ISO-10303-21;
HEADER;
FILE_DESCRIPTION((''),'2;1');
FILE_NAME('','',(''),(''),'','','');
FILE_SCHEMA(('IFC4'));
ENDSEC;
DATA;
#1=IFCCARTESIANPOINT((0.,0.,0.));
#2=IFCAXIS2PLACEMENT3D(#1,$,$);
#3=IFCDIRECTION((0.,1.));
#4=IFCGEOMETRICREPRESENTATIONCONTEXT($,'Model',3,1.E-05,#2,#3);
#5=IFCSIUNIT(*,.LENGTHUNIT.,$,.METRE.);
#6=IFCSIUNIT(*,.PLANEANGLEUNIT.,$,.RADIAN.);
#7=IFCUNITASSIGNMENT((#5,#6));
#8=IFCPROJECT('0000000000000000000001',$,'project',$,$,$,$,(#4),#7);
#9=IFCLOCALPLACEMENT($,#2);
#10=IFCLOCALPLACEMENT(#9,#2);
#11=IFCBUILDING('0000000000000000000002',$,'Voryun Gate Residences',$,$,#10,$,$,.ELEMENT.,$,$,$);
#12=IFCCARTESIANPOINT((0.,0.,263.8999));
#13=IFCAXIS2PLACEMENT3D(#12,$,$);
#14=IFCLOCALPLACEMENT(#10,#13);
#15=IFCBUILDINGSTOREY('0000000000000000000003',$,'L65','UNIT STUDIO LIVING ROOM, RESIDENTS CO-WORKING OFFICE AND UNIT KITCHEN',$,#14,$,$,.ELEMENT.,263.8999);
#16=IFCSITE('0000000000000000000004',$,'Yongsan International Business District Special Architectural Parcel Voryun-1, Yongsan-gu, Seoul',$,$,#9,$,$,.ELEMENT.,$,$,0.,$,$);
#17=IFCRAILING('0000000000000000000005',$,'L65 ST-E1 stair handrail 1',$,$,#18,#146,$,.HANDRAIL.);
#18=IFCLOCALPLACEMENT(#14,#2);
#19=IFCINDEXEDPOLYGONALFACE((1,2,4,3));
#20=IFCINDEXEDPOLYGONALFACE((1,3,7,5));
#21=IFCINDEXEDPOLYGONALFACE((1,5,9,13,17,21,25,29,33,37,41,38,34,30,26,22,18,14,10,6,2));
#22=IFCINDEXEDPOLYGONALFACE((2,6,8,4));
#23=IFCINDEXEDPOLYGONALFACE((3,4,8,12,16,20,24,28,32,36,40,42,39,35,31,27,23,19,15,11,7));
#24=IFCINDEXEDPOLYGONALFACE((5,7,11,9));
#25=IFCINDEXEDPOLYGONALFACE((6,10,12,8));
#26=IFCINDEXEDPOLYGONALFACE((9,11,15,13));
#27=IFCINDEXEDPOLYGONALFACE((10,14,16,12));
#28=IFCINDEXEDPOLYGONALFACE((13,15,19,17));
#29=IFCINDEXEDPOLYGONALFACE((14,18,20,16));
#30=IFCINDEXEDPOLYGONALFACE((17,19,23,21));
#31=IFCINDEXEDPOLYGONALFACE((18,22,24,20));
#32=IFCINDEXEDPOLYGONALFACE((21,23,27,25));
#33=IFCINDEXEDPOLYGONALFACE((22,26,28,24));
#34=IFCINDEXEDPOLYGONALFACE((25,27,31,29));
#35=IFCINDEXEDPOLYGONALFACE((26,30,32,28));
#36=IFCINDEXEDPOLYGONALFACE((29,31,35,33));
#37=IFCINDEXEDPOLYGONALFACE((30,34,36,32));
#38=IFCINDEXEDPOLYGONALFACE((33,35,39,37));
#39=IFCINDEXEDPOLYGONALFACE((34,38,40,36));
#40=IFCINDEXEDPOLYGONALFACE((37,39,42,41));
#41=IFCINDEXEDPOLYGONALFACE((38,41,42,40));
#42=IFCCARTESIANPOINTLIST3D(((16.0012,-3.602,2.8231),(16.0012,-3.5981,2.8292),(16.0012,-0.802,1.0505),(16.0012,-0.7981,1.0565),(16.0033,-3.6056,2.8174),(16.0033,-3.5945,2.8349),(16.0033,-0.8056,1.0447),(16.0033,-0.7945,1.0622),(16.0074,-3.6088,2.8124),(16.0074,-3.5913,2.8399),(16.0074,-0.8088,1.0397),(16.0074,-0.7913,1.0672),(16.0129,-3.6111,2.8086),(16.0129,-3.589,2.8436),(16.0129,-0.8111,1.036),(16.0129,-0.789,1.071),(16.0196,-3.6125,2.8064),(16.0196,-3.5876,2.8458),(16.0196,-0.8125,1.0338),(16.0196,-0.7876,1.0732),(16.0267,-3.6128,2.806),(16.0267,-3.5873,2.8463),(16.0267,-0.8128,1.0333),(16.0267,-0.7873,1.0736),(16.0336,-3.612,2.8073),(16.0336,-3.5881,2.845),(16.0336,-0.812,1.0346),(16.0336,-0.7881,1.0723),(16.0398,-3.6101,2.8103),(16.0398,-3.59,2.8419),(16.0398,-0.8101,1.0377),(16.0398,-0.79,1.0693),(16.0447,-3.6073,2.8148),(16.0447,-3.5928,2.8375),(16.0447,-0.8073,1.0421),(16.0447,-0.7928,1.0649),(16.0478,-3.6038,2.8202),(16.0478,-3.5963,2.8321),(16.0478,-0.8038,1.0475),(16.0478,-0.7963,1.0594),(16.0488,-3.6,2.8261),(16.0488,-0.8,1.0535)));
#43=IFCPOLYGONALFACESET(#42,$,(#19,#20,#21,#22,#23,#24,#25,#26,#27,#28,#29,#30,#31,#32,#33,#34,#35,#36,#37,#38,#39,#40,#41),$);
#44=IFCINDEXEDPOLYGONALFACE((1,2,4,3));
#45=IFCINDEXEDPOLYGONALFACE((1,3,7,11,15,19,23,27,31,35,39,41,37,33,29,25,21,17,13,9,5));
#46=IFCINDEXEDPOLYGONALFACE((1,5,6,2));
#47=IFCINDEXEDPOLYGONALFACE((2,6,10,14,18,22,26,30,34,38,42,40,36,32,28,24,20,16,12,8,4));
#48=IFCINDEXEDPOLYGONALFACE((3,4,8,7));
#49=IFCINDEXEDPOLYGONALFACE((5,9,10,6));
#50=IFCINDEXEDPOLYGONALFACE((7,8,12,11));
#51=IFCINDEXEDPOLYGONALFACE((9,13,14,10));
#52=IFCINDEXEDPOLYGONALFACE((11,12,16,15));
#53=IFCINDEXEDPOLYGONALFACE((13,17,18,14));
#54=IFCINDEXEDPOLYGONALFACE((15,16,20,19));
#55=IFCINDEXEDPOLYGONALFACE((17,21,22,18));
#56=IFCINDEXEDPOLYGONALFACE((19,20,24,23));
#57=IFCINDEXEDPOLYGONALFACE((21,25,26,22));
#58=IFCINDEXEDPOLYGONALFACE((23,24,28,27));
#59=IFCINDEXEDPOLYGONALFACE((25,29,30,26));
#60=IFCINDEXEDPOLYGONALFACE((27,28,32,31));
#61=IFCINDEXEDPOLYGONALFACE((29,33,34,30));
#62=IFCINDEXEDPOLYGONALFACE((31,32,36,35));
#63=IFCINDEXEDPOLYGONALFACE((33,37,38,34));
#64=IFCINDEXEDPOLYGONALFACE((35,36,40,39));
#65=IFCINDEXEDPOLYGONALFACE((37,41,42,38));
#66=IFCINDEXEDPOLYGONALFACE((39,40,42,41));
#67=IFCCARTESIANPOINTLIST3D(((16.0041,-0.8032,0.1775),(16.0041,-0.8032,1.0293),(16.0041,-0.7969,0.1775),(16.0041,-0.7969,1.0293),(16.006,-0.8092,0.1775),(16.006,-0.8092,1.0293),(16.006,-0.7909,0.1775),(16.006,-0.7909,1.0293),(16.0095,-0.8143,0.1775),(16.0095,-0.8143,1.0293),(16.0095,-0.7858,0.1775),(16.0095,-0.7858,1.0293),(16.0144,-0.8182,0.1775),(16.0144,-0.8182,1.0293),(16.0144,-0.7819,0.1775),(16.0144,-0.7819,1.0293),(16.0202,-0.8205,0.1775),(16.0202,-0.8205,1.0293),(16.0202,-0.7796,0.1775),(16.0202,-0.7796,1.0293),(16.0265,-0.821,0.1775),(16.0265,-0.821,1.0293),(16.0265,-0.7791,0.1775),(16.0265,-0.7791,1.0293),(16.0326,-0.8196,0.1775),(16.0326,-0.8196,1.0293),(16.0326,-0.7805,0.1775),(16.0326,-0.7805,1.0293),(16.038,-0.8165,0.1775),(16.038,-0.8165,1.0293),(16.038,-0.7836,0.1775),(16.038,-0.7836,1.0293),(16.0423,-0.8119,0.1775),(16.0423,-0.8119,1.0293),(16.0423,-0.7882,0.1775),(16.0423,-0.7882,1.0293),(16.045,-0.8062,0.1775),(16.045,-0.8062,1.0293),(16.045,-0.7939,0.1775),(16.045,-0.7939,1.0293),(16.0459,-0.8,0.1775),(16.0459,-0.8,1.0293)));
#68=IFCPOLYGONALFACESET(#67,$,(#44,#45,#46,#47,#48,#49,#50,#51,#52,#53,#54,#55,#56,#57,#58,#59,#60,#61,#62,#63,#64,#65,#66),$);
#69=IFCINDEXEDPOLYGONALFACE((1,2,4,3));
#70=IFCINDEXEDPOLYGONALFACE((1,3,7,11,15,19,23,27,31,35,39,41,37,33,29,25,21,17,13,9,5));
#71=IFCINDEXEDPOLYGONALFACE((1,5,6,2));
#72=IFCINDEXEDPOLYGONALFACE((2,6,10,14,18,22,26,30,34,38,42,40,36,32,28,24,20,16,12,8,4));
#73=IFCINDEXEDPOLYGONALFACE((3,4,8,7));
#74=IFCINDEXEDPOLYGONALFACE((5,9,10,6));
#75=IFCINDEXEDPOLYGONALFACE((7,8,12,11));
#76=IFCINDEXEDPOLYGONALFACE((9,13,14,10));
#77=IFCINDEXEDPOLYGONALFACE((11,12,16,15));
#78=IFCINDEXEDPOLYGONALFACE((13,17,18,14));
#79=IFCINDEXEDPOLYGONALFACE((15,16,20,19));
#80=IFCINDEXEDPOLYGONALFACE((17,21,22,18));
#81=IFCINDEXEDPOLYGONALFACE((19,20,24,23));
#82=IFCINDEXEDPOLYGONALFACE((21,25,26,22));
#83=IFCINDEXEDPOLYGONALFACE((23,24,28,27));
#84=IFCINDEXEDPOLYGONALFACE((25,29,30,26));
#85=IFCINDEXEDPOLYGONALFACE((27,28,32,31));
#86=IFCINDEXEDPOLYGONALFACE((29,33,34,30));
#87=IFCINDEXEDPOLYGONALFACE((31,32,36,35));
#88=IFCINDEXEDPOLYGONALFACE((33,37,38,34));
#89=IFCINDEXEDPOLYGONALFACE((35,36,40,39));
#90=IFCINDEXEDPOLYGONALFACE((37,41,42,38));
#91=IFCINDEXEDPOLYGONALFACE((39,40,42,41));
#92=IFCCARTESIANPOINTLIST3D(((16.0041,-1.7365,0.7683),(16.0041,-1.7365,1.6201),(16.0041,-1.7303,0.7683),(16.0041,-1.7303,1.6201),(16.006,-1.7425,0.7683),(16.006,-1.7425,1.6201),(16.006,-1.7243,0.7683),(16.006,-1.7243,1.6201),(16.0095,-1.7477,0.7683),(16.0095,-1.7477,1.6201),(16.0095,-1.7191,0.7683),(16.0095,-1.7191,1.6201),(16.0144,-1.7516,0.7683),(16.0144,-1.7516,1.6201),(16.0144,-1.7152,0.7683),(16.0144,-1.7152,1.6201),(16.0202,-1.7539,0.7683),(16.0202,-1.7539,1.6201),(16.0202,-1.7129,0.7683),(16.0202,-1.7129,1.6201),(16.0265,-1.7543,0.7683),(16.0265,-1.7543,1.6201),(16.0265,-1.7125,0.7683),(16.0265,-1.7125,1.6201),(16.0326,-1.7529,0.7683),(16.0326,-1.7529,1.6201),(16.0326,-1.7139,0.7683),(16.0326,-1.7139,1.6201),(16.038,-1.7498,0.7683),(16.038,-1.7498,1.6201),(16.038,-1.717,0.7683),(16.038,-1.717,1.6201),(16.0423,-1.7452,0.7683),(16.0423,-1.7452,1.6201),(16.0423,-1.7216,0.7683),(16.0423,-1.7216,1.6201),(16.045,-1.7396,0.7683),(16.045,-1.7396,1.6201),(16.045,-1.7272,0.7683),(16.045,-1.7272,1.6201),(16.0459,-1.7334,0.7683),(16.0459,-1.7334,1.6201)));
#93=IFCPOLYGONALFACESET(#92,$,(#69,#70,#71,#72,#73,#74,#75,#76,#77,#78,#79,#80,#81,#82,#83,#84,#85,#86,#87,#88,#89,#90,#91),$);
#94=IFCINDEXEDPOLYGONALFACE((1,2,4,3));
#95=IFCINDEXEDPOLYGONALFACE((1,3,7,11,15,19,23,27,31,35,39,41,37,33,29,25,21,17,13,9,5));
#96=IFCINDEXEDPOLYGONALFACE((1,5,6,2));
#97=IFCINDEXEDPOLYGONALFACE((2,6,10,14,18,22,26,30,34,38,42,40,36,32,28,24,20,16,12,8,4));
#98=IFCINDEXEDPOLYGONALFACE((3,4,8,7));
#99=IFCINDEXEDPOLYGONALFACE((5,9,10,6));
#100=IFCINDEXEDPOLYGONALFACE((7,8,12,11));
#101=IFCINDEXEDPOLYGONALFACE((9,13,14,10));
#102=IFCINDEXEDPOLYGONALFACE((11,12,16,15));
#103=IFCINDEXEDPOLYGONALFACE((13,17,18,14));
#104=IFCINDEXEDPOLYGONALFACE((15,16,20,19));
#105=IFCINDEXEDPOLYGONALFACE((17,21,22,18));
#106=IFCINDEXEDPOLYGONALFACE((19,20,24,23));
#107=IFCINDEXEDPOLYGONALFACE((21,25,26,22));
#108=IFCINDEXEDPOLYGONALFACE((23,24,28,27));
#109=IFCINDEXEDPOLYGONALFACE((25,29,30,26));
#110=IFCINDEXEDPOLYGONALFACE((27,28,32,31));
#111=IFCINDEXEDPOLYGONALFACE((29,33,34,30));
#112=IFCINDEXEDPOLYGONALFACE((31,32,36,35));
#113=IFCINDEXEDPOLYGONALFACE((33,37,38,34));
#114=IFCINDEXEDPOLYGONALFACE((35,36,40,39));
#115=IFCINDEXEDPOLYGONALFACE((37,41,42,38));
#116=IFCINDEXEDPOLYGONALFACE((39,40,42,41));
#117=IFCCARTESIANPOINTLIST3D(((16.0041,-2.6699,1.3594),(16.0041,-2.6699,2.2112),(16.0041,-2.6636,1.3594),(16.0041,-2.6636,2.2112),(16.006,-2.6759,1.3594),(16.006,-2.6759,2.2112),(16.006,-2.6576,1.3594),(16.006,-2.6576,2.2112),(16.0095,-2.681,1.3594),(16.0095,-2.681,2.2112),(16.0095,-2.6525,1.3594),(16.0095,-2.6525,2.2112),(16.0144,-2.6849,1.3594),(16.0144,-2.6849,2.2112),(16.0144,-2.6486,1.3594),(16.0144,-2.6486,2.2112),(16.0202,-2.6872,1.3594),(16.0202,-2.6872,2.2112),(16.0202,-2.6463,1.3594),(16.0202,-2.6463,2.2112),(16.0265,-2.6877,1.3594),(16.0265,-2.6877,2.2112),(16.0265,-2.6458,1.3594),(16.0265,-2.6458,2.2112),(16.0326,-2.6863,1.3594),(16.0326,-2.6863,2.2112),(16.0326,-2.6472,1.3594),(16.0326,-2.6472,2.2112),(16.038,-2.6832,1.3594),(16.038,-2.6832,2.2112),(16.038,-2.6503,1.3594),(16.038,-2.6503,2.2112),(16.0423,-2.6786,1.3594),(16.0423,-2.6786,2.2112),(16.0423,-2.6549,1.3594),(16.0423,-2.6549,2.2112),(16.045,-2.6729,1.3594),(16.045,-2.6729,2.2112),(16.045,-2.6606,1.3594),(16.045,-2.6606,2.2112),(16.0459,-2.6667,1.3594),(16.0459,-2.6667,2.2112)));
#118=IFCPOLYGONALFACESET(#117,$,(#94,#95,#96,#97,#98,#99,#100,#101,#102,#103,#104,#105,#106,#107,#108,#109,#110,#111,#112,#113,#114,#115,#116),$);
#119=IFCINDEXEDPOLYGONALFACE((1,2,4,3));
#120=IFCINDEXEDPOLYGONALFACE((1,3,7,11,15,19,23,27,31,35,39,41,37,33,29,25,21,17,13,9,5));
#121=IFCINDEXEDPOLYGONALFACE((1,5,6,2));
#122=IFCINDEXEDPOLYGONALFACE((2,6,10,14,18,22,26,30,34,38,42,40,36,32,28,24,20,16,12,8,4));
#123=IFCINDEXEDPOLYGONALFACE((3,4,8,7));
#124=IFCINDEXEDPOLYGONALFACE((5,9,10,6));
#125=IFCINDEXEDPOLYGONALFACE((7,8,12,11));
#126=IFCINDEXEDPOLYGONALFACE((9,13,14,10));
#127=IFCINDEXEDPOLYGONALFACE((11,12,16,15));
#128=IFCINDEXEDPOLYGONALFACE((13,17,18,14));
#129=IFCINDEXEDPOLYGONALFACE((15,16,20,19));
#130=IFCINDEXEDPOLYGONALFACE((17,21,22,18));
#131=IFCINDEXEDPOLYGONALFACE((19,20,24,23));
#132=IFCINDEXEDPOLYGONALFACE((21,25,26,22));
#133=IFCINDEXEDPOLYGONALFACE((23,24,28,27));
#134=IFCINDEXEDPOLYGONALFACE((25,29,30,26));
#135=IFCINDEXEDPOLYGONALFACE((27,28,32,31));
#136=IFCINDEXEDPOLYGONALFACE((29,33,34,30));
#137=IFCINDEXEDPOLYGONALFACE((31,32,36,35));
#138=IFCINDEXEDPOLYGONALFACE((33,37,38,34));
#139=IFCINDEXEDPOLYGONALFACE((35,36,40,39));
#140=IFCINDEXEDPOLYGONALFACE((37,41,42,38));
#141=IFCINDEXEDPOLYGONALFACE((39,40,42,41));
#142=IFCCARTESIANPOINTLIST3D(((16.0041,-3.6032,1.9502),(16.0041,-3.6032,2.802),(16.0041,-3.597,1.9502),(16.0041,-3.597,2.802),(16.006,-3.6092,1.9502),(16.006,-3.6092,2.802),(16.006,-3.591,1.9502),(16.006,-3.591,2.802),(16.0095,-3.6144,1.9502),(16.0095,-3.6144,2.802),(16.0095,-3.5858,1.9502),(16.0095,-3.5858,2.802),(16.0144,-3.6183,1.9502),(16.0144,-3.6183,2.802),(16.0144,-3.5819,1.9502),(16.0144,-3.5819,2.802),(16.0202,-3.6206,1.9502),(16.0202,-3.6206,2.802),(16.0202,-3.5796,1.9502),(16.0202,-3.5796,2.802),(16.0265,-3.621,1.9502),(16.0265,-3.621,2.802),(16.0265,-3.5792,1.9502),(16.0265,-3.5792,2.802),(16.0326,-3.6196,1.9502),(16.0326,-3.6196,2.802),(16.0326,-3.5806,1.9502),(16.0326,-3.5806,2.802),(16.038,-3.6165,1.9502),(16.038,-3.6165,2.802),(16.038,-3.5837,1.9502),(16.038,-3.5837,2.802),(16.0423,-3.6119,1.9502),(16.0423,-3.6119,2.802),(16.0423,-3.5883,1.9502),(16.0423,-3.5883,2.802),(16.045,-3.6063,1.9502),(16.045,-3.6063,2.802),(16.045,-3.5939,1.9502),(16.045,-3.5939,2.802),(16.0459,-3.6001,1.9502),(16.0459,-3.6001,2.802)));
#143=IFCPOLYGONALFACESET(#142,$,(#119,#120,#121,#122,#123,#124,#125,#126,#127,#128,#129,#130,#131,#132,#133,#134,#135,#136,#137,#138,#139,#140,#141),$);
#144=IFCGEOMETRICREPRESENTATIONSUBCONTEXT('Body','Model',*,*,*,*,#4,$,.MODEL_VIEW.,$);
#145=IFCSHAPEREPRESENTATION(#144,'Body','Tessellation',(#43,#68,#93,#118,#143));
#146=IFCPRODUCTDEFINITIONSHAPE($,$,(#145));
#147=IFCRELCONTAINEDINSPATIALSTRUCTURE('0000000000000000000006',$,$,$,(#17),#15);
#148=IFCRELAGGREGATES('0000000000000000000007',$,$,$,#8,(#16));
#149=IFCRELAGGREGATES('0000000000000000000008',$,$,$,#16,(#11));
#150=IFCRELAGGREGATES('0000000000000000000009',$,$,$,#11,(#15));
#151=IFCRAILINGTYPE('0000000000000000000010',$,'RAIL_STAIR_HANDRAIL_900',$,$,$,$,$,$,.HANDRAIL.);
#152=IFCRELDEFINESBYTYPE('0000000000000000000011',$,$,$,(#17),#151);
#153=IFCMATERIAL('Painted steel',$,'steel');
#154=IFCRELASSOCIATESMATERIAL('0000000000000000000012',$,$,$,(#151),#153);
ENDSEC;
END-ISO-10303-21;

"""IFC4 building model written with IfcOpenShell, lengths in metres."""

from ifc_helpers import new_model, si_unit, direction, frame, origin, origin_2d, place, context, subcontext, project, spatial, circle, extrude, material, type_object, element, save


model = new_model("IFC4")

# Units and contexts
model_context = context("Model", 3, precision=1e-05, world=origin(), true_north=direction((0.0, 1.0)))
body_context = subcontext(model_context, "Body", "Model", "MODEL_VIEW")
ifc_project = project(units=[si_unit("LENGTHUNIT", "METRE"), si_unit("PLANEANGLEUNIT", "RADIAN")], contexts=[model_context])

# Site, building, storey
site_placement = place(None, origin())
site = spatial("IfcSite", under=ifc_project, at=site_placement, Name="Yongsan International Business District Special Architectural Parcel Voryun-1, Yongsan-gu, Seoul", CompositionType="ELEMENT", RefElevation=0.0)
building_placement = place(site_placement, origin())
building = spatial("IfcBuilding", under=site, at=building_placement, Name="Voryun Gate Residences", CompositionType="ELEMENT")
storey_placement = place(building_placement, frame((0.0, 0.0, 263.8999)))
storey = spatial("IfcBuildingStorey", under=building, at=storey_placement, Name="L65", Description="UNIT STUDIO LIVING ROOM, RESIDENTS CO-WORKING OFFICE AND UNIT KITCHEN", CompositionType="ELEMENT", Elevation=263.8999)

# Railing
ifc_material_1 = material(Name="Painted steel", Category="steel")
railing_type_1 = type_object("IfcRailingType", Name="RAIL_STAIR_HANDRAIL_900", PredefinedType="HANDRAIL", material=ifc_material_1)
railing_1_placement = place(storey_placement, frame((16.0249, -0.8, 0.1775)))
element("IfcRailing", 1, at=railing_1_placement, inside=storey, type_object=railing_type_1, Name="L65 ST-E1 stair handrail 1", PredefinedType="HANDRAIL", context=body_context, shape_type="SweptSolid", body=[
    extrude(circle(Radius=0.0239, at=origin_2d()), frame((0.0, 0.0, 0.876), z_axis=(0.0, -0.844909, 0.53491), x_axis=(1.0, 0.0, 0.0)), (0.0, 0.0, 1.0), 3.314),
    extrude(circle(Radius=0.021, at=origin_2d()), origin(), (0.0, 0.0, 1.0), 0.8518),
    extrude(circle(Radius=0.021, at=origin_2d()), frame((0.0, -0.9333, 0.5908)), (0.0, 0.0, 1.0), 0.8518),
    extrude(circle(Radius=0.021, at=origin_2d()), frame((0.0, -1.8667, 1.1819)), (0.0, 0.0, 1.0), 0.8518),
    extrude(circle(Radius=0.021, at=origin_2d()), frame((0.0, -2.8, 1.7727)), (0.0, 0.0, 1.0), 0.8518),
])

save(model, "model.ifc")
